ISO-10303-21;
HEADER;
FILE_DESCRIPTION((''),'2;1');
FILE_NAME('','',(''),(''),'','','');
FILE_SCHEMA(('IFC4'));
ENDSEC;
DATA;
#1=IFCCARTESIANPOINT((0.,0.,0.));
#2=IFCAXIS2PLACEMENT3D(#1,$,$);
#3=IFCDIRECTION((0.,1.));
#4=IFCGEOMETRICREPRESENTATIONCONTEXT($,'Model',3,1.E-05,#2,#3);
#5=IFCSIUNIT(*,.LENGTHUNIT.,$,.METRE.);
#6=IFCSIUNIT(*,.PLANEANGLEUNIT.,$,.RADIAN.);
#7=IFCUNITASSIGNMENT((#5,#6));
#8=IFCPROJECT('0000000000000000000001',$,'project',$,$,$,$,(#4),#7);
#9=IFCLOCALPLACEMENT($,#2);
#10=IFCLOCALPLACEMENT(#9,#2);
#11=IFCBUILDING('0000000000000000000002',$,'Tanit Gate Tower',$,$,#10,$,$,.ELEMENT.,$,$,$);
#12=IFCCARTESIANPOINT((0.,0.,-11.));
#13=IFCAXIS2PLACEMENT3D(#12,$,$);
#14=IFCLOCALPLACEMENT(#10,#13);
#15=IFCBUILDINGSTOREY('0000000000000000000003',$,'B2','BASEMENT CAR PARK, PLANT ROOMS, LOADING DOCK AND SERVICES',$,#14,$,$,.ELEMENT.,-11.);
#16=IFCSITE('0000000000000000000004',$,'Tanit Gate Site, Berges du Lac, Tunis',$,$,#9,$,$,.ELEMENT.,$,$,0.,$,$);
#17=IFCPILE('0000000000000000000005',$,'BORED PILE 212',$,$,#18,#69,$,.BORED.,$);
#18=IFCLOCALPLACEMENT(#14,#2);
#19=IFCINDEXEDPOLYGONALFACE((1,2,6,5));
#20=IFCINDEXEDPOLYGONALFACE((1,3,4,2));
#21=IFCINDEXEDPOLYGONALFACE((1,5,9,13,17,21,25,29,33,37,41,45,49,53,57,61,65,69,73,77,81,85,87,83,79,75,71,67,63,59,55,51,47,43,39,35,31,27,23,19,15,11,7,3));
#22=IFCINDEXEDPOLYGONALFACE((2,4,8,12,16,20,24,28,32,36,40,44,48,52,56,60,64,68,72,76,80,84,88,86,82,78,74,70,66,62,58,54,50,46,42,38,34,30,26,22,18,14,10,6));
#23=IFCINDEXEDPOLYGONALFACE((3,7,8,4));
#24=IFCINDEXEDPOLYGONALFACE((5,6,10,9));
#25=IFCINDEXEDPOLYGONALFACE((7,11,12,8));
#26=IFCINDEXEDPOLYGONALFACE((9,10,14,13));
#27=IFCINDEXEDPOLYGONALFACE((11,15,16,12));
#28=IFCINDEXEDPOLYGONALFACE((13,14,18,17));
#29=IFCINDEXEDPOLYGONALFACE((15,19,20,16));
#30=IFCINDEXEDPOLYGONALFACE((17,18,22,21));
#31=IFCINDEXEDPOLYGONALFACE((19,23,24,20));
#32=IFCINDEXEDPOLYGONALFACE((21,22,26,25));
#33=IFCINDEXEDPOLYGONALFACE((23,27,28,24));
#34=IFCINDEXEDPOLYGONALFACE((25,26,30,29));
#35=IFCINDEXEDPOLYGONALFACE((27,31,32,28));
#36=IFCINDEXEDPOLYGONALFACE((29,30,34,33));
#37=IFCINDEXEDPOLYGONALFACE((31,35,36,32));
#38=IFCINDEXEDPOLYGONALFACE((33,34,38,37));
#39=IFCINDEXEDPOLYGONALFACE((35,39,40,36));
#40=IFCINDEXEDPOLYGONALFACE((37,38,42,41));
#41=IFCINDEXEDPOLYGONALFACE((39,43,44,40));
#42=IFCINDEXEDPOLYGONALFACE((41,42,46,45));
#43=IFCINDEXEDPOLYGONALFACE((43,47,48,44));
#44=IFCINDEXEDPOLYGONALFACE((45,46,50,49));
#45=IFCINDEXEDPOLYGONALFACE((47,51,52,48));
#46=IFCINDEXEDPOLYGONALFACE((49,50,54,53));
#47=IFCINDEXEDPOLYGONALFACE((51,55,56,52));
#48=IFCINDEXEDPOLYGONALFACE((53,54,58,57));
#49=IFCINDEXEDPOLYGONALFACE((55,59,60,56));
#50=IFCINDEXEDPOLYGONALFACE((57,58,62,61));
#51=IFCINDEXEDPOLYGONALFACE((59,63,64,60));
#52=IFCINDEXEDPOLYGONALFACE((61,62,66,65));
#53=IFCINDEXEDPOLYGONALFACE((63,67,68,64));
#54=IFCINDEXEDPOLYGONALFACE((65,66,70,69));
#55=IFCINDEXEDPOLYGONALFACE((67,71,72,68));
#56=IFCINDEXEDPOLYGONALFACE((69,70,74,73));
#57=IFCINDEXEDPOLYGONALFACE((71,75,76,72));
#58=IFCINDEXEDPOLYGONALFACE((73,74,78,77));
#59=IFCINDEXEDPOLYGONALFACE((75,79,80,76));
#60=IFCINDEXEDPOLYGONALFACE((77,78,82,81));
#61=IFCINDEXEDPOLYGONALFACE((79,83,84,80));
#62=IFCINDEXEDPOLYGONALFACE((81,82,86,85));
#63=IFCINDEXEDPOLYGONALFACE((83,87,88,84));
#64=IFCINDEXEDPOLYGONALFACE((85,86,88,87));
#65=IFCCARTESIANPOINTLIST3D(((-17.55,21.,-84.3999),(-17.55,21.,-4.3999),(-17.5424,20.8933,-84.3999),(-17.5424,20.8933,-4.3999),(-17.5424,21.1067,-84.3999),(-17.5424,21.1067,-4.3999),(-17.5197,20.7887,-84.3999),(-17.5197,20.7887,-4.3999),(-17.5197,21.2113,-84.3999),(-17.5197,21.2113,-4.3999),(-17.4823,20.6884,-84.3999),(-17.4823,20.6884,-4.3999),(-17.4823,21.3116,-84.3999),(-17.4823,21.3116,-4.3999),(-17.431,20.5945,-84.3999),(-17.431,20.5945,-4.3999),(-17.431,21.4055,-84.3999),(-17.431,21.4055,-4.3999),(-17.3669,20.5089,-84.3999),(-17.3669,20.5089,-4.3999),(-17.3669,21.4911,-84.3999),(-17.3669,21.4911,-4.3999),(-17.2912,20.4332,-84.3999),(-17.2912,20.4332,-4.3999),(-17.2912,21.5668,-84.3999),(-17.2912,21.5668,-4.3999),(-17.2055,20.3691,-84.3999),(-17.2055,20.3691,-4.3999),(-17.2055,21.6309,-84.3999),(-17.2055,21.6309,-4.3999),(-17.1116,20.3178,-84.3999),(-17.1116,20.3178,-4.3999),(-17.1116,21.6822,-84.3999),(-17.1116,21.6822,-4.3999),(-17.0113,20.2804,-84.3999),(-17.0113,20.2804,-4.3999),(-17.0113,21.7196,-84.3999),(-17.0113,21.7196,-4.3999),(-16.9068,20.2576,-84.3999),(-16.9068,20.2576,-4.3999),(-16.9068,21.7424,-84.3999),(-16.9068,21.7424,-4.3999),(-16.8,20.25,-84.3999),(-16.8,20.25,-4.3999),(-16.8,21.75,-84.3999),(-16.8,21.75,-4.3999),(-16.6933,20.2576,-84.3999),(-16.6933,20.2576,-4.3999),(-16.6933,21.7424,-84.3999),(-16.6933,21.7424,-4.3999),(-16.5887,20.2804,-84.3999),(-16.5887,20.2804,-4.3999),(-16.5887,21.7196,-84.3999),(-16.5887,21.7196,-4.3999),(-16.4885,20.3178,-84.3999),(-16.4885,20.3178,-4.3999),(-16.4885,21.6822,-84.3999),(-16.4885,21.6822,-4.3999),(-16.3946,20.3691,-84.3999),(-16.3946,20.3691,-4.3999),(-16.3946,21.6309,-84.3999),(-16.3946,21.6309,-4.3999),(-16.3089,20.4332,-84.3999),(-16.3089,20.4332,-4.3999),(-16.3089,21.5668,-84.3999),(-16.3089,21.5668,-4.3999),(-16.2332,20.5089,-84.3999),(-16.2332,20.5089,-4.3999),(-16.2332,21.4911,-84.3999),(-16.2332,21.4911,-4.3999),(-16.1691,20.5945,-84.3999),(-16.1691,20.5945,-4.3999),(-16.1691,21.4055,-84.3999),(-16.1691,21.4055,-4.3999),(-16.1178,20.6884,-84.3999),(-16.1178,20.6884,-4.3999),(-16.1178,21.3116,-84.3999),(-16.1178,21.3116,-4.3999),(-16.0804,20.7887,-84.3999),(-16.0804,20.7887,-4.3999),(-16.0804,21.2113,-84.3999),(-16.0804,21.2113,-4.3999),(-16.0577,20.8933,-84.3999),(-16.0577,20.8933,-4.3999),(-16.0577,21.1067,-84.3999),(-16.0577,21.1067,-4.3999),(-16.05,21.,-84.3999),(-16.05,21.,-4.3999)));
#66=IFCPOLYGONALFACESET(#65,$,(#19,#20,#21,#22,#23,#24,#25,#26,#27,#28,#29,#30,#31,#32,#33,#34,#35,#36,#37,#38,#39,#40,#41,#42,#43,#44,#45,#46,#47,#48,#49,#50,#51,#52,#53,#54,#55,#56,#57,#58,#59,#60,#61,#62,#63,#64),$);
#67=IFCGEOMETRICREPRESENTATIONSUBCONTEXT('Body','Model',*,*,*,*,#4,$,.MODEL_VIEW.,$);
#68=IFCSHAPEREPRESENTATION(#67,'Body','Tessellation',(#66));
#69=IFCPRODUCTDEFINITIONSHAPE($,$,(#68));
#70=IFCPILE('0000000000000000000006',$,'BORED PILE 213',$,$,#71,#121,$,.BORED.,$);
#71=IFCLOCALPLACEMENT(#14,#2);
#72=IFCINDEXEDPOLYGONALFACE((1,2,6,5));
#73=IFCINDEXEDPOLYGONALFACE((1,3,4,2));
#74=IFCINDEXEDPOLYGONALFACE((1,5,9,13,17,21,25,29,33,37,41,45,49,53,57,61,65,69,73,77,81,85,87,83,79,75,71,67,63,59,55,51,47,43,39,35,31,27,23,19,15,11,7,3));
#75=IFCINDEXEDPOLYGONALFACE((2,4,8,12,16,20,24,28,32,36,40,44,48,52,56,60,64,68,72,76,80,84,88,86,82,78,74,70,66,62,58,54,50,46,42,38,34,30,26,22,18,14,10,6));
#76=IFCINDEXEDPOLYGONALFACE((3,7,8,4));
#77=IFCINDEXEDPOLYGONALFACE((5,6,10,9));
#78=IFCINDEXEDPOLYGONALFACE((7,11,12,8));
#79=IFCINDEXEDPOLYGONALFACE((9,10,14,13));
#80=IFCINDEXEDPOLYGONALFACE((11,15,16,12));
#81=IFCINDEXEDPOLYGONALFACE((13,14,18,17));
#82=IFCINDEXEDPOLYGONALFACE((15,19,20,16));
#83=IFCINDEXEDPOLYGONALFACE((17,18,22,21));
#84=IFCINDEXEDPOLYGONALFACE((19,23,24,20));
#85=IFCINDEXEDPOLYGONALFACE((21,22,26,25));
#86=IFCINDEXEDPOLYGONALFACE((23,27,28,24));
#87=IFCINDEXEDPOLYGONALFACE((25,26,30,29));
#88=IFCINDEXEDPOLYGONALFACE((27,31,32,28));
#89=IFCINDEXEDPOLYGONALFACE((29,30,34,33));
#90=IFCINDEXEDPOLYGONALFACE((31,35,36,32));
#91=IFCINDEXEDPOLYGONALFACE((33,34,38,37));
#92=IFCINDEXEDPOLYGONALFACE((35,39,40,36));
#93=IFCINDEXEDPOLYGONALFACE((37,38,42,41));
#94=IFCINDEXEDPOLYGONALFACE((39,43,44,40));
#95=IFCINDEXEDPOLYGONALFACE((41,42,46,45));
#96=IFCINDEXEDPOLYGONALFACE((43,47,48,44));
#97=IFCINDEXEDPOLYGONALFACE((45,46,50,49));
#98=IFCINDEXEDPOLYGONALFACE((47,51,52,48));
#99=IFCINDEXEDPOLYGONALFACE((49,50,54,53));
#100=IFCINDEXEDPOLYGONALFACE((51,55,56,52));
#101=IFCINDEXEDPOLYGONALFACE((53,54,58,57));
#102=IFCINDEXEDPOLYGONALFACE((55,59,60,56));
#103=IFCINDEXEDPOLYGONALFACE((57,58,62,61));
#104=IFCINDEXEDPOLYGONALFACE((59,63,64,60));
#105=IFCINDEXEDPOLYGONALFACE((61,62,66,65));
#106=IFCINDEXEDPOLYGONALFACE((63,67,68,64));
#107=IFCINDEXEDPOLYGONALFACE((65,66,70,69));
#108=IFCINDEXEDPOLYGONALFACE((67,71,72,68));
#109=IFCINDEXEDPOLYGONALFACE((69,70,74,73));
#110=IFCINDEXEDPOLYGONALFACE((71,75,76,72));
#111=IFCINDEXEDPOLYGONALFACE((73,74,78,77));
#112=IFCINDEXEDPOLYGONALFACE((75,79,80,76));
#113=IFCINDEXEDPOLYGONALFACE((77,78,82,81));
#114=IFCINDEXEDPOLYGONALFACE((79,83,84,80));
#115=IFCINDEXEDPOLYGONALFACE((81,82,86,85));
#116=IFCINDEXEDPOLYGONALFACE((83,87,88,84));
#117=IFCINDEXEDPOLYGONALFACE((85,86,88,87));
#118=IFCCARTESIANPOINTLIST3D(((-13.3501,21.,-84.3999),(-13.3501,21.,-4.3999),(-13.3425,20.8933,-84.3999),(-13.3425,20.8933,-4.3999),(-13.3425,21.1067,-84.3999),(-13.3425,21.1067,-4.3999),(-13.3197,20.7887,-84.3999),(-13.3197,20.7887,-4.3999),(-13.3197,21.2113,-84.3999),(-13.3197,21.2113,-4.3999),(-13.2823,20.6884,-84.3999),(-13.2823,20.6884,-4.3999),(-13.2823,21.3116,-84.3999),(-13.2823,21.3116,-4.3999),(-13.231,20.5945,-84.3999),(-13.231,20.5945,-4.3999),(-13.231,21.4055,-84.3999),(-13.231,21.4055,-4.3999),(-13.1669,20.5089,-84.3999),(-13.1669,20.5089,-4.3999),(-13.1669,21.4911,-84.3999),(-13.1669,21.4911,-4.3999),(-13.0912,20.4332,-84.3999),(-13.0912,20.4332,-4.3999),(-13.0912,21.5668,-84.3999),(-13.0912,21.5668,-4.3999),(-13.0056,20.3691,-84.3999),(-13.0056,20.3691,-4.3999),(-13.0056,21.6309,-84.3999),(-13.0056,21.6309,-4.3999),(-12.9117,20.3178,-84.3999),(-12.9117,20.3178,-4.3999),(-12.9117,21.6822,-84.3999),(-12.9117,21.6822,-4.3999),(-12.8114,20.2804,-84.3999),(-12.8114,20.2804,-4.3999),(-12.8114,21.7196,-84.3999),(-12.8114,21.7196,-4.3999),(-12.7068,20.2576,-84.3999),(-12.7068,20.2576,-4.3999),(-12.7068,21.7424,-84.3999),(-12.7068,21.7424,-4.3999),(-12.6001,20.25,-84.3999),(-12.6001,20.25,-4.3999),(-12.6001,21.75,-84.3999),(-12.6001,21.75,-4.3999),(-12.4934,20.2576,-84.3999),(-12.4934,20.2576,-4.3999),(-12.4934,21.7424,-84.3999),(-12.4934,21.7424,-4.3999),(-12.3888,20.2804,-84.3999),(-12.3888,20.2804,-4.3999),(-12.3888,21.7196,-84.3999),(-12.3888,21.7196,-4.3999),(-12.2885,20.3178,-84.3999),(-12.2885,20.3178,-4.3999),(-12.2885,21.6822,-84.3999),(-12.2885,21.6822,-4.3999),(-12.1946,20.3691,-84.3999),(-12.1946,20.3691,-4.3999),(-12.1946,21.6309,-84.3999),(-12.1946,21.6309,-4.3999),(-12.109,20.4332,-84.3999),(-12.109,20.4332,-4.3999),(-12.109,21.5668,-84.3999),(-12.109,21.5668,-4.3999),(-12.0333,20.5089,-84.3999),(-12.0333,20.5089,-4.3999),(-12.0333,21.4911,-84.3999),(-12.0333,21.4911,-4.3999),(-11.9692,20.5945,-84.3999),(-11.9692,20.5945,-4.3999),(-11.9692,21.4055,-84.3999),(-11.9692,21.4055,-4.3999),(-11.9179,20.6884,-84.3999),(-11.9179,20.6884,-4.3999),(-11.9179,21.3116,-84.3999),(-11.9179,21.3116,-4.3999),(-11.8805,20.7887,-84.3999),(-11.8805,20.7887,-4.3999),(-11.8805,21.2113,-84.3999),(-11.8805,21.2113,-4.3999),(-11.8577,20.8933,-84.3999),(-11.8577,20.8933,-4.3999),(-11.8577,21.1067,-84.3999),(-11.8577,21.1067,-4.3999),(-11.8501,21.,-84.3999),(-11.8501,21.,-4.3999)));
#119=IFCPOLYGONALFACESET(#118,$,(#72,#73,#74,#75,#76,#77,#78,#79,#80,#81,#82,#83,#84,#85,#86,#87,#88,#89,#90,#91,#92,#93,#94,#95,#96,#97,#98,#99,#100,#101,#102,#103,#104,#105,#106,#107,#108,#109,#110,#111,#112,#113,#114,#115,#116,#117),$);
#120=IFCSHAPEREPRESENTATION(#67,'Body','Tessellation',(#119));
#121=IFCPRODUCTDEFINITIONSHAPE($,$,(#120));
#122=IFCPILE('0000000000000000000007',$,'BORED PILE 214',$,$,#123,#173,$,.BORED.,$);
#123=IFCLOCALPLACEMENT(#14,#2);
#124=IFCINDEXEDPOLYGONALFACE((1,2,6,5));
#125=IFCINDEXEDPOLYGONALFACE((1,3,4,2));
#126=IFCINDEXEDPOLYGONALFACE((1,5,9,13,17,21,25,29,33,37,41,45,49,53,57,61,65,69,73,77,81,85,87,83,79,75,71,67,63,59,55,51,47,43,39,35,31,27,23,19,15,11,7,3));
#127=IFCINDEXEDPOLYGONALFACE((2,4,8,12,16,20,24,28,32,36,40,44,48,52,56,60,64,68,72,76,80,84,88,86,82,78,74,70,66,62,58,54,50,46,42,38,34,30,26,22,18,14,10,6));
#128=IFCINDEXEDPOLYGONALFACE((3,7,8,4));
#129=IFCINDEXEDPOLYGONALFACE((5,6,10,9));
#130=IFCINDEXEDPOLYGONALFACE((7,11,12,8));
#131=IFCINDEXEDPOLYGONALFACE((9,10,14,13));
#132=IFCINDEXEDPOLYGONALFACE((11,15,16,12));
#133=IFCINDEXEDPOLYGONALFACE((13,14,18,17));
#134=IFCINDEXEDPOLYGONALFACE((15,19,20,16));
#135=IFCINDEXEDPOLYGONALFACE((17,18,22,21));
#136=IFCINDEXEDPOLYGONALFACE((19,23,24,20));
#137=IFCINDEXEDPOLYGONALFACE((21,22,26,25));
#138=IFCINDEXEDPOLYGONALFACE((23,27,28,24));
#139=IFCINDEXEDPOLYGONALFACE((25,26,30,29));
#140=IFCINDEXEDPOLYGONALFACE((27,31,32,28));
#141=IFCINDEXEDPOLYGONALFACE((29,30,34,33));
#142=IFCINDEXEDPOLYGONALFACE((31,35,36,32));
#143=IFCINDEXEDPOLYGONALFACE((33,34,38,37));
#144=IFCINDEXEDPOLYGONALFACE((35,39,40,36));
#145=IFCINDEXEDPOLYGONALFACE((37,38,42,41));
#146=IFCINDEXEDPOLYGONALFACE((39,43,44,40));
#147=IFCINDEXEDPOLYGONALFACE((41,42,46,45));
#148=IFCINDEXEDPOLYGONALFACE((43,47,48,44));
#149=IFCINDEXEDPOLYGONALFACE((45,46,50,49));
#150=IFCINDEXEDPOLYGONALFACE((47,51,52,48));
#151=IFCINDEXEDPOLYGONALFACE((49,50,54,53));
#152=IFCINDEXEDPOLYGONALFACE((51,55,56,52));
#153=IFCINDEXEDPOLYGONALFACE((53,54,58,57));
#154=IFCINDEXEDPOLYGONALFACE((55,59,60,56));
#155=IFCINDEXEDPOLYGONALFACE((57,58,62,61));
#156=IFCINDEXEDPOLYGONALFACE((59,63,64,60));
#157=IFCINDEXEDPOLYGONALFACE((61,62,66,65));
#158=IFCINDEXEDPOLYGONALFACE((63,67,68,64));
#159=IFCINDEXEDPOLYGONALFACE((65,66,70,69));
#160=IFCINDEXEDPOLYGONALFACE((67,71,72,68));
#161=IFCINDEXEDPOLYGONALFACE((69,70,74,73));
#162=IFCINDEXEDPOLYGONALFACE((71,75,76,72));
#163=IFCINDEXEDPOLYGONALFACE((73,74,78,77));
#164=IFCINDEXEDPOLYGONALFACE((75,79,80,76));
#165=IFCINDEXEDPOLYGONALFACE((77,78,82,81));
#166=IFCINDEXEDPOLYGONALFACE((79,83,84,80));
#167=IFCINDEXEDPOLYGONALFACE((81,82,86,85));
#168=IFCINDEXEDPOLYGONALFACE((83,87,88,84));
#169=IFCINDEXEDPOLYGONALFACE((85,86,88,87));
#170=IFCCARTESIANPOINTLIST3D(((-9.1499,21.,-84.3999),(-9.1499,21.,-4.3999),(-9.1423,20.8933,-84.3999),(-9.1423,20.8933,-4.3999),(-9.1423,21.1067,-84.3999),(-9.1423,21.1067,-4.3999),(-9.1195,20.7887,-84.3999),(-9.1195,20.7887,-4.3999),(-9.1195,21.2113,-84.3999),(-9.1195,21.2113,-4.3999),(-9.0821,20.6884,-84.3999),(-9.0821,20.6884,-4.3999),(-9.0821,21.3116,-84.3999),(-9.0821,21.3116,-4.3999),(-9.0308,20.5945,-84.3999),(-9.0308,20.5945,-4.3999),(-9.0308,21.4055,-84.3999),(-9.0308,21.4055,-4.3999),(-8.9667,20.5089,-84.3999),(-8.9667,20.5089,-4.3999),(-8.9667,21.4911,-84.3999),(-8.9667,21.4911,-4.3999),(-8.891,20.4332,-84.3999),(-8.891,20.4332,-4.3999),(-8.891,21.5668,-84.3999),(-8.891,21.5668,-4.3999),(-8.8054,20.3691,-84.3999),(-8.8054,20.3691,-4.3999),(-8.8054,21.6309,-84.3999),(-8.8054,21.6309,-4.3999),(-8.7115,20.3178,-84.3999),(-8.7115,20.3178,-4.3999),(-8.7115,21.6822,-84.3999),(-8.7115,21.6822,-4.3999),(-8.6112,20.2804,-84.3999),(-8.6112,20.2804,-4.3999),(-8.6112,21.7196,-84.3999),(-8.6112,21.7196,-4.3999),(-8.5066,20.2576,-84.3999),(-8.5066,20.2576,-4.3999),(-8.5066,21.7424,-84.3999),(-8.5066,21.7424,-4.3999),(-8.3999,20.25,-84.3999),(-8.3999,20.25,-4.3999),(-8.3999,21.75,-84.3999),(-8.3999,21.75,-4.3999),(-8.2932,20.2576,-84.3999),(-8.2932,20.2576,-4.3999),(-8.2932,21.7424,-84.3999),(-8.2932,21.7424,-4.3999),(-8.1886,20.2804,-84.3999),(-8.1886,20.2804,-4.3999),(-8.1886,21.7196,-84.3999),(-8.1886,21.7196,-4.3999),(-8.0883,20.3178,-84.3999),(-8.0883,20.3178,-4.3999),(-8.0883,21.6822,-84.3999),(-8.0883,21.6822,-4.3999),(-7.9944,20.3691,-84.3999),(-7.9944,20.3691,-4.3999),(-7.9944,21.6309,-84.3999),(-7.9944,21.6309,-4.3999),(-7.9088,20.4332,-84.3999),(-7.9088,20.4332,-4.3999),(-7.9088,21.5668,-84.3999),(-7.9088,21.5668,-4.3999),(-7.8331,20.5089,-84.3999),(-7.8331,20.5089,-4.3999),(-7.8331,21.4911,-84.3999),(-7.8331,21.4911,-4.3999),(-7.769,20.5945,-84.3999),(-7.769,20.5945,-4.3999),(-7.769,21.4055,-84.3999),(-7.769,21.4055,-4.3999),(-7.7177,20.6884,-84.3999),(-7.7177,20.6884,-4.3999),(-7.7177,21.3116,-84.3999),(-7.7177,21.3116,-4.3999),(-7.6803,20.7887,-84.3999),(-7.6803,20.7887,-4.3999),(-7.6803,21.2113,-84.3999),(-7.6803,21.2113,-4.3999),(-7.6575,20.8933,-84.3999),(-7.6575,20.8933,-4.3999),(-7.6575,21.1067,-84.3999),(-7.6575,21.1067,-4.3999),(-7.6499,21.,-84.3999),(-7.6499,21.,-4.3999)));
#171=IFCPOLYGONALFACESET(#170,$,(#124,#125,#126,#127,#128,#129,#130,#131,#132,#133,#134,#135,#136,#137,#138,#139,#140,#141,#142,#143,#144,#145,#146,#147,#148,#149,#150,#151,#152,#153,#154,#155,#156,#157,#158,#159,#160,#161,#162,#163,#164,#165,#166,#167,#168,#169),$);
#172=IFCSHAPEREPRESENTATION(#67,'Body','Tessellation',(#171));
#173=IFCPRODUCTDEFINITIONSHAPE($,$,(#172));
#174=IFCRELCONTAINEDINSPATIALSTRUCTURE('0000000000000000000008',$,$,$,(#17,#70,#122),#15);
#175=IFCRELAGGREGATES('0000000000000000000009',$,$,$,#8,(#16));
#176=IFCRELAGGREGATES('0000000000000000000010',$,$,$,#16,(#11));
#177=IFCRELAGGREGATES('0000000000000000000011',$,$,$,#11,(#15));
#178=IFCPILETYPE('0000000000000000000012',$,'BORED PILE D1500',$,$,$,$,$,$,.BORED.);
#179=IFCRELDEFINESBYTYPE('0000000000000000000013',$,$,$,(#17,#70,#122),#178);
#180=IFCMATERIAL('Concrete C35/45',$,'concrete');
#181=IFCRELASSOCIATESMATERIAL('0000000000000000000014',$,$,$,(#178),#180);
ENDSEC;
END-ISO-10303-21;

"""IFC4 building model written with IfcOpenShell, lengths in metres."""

from ifc_helpers import new_model, si_unit, direction, frame, origin, origin_2d, place, context, subcontext, project, spatial, circle, extrude, material, material_profile, profile_set, type_object, element, save


model = new_model("IFC4")

# Units and contexts
model_context = context("Model", 3, precision=1e-05, world=origin(), true_north=direction((0.0, 1.0)))
body_context = subcontext(model_context, "Body", "Model", "MODEL_VIEW")
ifc_project = project(units=[si_unit("LENGTHUNIT", "METRE"), si_unit("PLANEANGLEUNIT", "RADIAN")], contexts=[model_context])

# Site, building, storey
site_placement = place(None, origin())
site = spatial("IfcSite", under=ifc_project, at=site_placement, Name="Tanit Gate Site, Berges du Lac, Tunis", CompositionType="ELEMENT", RefElevation=0.0)
building_placement = place(site_placement, origin())
building = spatial("IfcBuilding", under=site, at=building_placement, Name="Tanit Gate Tower", CompositionType="ELEMENT")
storey_placement = place(building_placement, frame((0.0, 0.0, -11.0)))
storey = spatial("IfcBuildingStorey", under=building, at=storey_placement, Name="B2", Description="BASEMENT CAR PARK, PLANT ROOMS, LOADING DOCK AND SERVICES", CompositionType="ELEMENT", Elevation=-11.0)

# Piles
ifc_material_1 = material(Name="Concrete C35/45", Category="concrete")
ifc_material_profile_1 = material_profile(ifc_material_1, circle(Radius=0.75, at=origin_2d()), Name="BORED PILE D1500 C35/45")
ifc_profile_set_1 = profile_set([ifc_material_profile_1], Name="Concrete C35/45")
pile_type = type_object("IfcPileType", Name="BORED PILE D1500", PredefinedType="BORED", material=ifc_profile_set_1)
for number, where, z_axis, x_axis, name in (
    (1, (-16.8, 21.0, -4.3999), (0.0, 0.0, -1.0), (1.0, 0.0, 0.0), "BORED PILE 212"),
    (2, (-12.6001, 21.0, -4.3999), (0.0, 0.0, -1.0), (1.0, 0.0, 0.0), "BORED PILE 213"),
    (3, (-8.3999, 21.0, -4.3999), (0.0, 0.0, -1.0), (1.0, 0.0, 0.0), "BORED PILE 214"),
):
    element("IfcPile", number, at=place(storey_placement, frame(where, z_axis=z_axis, x_axis=x_axis)), inside=storey, type_object=pile_type, Name=name, PredefinedType="BORED", context=body_context, shape_type="SweptSolid", body=[
        extrude(circle(Radius=0.75, at=origin_2d()), origin(), (0.0, 0.0, 1.0), 80.0),
    ])

save(model, "model.ifc")
